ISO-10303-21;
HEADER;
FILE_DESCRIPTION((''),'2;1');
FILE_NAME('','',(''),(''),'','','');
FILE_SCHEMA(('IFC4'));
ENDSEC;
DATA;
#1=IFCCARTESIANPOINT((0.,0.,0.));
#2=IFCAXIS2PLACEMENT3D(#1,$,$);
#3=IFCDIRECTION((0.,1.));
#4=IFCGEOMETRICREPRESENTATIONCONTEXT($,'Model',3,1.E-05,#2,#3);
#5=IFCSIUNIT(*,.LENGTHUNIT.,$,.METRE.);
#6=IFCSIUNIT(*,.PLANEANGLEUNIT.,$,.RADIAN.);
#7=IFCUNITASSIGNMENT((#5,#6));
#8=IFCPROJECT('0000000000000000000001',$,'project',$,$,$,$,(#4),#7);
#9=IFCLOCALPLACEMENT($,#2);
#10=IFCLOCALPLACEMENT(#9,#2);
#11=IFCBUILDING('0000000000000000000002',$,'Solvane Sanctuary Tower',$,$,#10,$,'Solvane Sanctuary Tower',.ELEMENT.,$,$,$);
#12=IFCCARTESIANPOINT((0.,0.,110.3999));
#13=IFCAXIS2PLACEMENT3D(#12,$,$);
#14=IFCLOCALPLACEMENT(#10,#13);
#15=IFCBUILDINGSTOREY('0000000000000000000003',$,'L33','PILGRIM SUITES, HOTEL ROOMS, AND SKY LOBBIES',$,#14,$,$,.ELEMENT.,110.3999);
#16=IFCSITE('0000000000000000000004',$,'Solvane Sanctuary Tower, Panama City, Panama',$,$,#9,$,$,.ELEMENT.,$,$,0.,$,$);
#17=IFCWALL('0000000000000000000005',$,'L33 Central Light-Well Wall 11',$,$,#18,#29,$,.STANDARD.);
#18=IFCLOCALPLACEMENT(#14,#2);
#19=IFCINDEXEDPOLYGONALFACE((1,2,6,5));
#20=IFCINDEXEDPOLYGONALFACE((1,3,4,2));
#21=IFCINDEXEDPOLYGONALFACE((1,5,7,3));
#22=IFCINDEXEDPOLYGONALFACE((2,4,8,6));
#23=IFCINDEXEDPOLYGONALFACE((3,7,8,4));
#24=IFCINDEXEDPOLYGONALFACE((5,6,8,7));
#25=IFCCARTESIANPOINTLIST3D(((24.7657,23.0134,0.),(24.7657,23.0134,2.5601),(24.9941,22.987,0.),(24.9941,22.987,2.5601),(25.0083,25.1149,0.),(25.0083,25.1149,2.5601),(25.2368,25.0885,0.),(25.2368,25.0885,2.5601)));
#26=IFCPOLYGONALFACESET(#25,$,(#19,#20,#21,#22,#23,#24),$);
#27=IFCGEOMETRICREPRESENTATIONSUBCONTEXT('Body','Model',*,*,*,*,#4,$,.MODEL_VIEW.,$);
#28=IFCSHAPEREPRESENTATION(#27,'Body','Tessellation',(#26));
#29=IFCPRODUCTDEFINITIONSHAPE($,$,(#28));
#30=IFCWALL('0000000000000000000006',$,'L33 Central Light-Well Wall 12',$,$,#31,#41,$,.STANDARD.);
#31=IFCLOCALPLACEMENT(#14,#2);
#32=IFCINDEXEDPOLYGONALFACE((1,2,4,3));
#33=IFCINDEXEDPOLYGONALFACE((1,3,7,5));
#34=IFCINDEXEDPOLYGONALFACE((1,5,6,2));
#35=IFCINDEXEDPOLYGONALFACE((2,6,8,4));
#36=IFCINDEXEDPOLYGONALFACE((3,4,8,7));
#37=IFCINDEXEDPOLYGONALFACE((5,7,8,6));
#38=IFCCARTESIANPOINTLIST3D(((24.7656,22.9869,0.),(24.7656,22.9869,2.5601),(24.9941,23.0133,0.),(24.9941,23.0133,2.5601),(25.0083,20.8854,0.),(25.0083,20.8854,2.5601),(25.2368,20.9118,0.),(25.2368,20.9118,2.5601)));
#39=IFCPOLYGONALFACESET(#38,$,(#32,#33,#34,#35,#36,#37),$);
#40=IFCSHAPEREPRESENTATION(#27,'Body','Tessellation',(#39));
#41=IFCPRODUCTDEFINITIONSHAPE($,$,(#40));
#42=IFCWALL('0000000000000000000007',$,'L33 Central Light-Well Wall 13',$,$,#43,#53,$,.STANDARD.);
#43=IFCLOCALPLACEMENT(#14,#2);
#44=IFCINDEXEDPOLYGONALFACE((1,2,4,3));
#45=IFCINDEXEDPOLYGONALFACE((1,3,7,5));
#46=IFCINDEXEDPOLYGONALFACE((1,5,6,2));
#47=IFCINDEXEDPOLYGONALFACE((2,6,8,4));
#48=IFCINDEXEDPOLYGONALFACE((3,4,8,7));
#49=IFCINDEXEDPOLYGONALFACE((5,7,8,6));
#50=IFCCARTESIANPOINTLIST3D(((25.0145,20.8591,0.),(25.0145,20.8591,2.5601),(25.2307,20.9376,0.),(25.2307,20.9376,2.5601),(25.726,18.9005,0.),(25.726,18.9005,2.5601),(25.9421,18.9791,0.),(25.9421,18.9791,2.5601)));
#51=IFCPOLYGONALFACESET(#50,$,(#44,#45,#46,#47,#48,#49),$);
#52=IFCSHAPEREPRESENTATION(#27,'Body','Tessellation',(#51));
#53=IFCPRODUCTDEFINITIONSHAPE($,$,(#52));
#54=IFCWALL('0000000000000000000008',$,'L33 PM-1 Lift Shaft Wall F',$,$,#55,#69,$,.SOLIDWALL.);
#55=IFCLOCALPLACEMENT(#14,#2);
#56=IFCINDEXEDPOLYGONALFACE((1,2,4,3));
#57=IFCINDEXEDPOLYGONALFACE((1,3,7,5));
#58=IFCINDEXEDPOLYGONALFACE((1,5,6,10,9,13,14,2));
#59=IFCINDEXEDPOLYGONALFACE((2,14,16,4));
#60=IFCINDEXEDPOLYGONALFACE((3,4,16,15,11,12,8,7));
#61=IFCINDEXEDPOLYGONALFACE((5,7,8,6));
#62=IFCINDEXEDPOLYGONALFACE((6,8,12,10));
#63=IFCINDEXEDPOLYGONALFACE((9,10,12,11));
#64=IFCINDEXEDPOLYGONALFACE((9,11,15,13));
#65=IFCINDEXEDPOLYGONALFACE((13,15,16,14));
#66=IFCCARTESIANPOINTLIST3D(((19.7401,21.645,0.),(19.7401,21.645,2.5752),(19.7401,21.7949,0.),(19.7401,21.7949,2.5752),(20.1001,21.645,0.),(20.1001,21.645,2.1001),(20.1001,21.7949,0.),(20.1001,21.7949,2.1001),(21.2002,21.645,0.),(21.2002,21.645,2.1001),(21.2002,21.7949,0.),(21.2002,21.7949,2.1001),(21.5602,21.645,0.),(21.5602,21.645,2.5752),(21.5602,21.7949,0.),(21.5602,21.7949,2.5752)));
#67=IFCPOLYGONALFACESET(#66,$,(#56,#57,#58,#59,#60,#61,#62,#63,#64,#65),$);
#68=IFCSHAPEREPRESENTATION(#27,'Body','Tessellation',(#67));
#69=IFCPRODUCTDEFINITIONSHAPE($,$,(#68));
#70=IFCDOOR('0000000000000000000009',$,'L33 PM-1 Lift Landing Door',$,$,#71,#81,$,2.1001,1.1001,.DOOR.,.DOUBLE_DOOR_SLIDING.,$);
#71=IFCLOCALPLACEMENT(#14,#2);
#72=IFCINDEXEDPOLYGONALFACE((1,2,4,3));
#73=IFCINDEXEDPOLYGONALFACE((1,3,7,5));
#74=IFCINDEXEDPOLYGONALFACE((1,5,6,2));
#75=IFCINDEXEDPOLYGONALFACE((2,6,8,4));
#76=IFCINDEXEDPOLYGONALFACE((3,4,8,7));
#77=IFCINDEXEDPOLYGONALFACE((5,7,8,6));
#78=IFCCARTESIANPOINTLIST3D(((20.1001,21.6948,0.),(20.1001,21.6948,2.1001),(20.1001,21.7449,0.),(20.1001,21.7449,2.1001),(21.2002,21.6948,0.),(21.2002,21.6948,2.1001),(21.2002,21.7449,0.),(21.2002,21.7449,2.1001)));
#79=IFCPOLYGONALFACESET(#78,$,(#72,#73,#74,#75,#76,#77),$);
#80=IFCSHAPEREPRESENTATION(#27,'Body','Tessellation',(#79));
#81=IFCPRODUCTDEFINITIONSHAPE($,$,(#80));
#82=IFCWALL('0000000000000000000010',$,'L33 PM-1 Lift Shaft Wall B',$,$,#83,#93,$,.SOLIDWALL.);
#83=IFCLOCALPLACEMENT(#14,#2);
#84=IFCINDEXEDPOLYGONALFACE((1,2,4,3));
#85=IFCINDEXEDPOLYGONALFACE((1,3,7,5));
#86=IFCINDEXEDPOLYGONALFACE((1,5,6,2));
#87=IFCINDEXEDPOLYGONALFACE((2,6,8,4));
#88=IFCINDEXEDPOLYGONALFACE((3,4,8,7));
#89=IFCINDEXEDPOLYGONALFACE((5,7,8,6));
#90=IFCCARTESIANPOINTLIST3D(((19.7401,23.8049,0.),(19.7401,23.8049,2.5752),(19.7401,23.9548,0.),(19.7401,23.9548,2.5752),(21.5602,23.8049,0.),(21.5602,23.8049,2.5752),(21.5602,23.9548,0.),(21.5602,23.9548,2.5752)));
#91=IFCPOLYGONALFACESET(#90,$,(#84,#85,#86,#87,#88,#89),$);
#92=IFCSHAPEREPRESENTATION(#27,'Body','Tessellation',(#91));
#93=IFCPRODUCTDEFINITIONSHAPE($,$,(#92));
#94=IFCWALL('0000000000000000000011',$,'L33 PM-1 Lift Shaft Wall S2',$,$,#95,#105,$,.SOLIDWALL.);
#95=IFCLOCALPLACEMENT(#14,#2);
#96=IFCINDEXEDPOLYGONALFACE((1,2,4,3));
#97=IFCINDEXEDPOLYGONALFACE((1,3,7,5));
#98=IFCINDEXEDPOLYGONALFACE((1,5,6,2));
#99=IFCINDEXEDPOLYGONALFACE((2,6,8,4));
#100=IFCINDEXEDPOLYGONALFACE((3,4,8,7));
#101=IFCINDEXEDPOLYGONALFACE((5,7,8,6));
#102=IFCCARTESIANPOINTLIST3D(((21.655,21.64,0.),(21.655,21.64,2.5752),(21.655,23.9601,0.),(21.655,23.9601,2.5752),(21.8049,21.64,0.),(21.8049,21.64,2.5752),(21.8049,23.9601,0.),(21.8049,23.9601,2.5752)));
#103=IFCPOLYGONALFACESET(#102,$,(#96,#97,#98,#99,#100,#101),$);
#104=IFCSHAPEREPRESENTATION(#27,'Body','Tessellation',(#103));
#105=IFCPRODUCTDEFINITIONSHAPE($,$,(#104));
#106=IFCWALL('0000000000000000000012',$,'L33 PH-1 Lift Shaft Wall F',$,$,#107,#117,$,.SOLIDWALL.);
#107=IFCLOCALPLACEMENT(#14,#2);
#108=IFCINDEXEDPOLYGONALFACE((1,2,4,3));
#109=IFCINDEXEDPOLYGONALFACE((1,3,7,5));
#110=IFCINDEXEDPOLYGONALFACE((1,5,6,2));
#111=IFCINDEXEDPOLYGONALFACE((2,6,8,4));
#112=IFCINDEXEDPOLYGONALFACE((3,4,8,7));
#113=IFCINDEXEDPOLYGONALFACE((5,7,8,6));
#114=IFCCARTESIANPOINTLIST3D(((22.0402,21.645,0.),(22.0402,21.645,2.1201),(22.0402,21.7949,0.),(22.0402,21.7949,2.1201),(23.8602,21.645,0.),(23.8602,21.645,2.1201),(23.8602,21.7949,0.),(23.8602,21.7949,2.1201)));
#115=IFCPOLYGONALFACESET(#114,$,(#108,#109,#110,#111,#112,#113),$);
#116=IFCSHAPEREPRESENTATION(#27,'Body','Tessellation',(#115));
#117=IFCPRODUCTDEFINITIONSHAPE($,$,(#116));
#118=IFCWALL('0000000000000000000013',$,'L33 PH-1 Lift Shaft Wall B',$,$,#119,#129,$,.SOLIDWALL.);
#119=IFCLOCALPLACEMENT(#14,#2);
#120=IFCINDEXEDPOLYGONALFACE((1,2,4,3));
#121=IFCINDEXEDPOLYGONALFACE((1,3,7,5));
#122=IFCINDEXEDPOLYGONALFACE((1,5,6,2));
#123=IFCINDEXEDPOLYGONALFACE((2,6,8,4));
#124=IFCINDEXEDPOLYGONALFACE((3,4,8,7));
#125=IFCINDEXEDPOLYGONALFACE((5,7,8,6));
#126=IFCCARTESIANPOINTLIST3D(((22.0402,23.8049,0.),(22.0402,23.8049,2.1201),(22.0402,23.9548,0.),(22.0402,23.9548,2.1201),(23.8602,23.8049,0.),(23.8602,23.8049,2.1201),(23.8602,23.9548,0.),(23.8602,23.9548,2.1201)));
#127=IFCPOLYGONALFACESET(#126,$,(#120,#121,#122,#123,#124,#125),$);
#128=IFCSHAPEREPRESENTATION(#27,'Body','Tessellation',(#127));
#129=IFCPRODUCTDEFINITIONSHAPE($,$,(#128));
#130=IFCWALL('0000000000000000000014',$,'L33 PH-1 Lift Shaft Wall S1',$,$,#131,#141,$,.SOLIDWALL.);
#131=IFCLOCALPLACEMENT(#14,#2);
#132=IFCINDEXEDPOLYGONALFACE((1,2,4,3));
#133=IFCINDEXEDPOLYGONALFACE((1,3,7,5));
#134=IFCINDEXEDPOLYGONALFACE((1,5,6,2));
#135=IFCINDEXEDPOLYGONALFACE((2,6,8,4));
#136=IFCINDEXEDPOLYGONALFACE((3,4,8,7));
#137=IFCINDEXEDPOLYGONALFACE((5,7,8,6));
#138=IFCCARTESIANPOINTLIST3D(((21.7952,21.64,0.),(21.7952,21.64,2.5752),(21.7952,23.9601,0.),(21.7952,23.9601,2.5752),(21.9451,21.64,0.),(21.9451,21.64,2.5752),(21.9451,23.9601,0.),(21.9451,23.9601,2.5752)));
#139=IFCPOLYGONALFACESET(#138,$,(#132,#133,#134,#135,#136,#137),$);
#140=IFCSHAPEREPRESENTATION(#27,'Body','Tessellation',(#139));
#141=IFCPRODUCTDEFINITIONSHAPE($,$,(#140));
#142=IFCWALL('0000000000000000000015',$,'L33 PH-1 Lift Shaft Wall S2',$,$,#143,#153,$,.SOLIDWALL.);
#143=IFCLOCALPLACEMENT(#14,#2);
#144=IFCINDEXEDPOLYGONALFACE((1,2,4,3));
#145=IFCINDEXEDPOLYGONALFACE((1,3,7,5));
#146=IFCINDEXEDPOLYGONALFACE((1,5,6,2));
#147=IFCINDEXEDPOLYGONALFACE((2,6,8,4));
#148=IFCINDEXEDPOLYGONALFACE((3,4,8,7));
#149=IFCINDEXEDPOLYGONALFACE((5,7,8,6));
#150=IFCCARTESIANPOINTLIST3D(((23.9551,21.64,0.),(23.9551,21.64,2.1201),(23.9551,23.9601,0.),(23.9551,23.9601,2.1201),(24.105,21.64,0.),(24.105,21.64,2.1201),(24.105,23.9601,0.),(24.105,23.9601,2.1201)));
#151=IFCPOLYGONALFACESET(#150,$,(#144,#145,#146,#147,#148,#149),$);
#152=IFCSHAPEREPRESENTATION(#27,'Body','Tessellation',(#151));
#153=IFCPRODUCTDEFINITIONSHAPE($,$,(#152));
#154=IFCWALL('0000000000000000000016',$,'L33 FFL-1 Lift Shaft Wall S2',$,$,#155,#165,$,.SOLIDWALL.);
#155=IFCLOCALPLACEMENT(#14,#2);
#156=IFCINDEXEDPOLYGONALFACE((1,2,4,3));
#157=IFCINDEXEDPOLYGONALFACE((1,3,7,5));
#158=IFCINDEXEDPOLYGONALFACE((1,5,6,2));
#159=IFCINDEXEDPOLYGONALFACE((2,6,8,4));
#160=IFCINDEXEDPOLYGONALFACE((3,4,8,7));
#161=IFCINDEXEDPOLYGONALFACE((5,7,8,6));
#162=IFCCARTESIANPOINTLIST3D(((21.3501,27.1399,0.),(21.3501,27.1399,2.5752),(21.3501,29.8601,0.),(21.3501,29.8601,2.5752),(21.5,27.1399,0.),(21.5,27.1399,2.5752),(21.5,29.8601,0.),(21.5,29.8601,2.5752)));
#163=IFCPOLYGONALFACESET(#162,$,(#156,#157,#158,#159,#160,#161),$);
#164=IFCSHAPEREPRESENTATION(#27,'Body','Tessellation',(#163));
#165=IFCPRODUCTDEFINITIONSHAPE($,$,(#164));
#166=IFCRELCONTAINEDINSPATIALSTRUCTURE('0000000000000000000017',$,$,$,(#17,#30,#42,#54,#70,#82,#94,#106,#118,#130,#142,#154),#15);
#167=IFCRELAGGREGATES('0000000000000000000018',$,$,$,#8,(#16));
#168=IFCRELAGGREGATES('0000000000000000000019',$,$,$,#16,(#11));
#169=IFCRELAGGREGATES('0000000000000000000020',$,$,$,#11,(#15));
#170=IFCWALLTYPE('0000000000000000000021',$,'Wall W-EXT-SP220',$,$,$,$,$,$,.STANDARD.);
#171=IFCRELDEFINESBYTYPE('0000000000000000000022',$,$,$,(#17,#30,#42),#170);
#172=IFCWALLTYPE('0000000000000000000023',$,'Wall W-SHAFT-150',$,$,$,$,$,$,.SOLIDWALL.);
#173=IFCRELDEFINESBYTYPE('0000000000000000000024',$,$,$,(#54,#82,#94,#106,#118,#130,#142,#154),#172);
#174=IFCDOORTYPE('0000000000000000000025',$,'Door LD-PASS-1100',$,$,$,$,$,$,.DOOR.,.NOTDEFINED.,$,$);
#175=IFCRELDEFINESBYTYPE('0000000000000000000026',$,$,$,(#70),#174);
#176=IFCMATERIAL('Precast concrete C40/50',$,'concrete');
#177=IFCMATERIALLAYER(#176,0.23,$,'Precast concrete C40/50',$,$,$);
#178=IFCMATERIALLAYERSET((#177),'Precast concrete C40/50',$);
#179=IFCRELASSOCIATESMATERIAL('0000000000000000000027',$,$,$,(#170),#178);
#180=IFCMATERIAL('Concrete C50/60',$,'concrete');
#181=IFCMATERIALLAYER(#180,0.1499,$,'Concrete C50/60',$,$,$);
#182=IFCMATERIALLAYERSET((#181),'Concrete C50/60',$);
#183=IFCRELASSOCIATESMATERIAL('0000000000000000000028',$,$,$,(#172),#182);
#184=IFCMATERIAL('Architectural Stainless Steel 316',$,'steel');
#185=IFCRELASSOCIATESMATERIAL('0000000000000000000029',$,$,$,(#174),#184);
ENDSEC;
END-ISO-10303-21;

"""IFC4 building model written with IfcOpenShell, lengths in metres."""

from ifc_helpers import new_model, si_unit, direction, frame, frame_2d, origin, place, context, subcontext, project, spatial, rectangle, extrude, material, layer, layer_set, type_object, element, fill, save


model = new_model("IFC4")

# Units and contexts
model_context = context("Model", 3, precision=1e-05, world=origin(), true_north=direction((0.0, 1.0)))
body_context = subcontext(model_context, "Body", "Model", "MODEL_VIEW")
ifc_project = project(units=[si_unit("LENGTHUNIT", "METRE"), si_unit("PLANEANGLEUNIT", "RADIAN")], contexts=[model_context])

# Site, building, storey
site_placement = place(None, origin())
site = spatial("IfcSite", under=ifc_project, at=site_placement, Name="Solvane Sanctuary Tower, Panama City, Panama", CompositionType="ELEMENT", RefElevation=0.0)
building_placement = place(site_placement, origin())
building = spatial("IfcBuilding", under=site, at=building_placement, Name="Solvane Sanctuary Tower", LongName="Solvane Sanctuary Tower", CompositionType="ELEMENT")
storey_placement = place(building_placement, frame((0.0, 0.0, 110.3999)))
storey = spatial("IfcBuildingStorey", under=building, at=storey_placement, Name="L33", Description="PILGRIM SUITES, HOTEL ROOMS, AND SKY LOBBIES", CompositionType="ELEMENT", Elevation=110.3999)

# Shared definitions
ifc_material_1 = material(Name="Architectural Stainless Steel 316", Category="steel")

# Walls
ifc_material_2 = material(Name="Precast concrete C40/50", Category="concrete")
ifc_layer_1 = layer(ifc_material_2, 0.23, Name="Precast concrete C40/50")
ifc_layer_set_1 = layer_set([ifc_layer_1], Name="Precast concrete C40/50")
wall_type_1 = type_object("IfcWallType", Name="Wall W-EXT-SP220", PredefinedType="STANDARD", material=ifc_layer_set_1)
for number, where, z_axis, x_axis, name in (
    (1, (25.1226, 25.1016, 0.0), (0.0, 0.0, 1.0), (-0.114712, -0.993399, 0.0), "L33 Central Light-Well Wall 11"),
    (2, (24.8799, 23.0, 0.0), (0.0, 0.0, 1.0), (0.114712, -0.993399, 0.0), "L33 Central Light-Well Wall 12"),
):
    element("IfcWall", number, at=place(storey_placement, frame(where, z_axis=z_axis, x_axis=x_axis)), inside=storey, type_object=wall_type_1, Name=name, PredefinedType="STANDARD", context=body_context, shape_type="SweptSolid", body=[
        extrude(rectangle(XDim=2.1155, YDim=0.23, at=frame_2d((1.0576, 0.0))), origin(), (0.0, 0.0, 1.0), 2.5601),
    ])
wall_1_placement = place(storey_placement, frame((25.1226, 20.8984, 0.0), z_axis=(0.0, 0.0, 1.0), x_axis=(0.341423, -0.93991, 0.0)))
element("IfcWall", 3, at=wall_1_placement, inside=storey, type_object=wall_type_1, Name="L33 Central Light-Well Wall 13", PredefinedType="STANDARD", context=body_context, shape_type="SweptSolid", body=[
    extrude(rectangle(XDim=2.0837, YDim=0.23, at=frame_2d((1.042, 0.0))), origin(), (0.0, 0.0, 1.0), 2.5601),
])

# Wall, opening, door
ifc_material_3 = material(Name="Concrete C50/60", Category="concrete")
ifc_layer_2 = layer(ifc_material_3, 0.1499, Name="Concrete C50/60")
ifc_layer_set_2 = layer_set([ifc_layer_2], Name="Concrete C50/60")
wall_type_2 = type_object("IfcWallType", Name="Wall W-SHAFT-150", PredefinedType="SOLIDWALL", material=ifc_layer_set_2)
wall_2_placement = place(storey_placement, frame((19.74, 21.72, 0.0), z_axis=(0.0, 0.0, 1.0), x_axis=(1.0, 0.0, 0.0)))
wall_2 = element("IfcWall", 4, at=wall_2_placement, inside=storey, type_object=wall_type_2, Name="L33 PM-1 Lift Shaft Wall F", PredefinedType="SOLIDWALL", context=body_context, shape_type="SweptSolid", body=[
    extrude(rectangle(XDim=1.8201, YDim=0.1499, at=frame_2d((0.9102, 0.0))), origin(), (0.0, 0.0, 1.0), 2.5752),
])
opening_1_placement = place(wall_2_placement, frame((0.3601, 0.0, 0.0)))
opening_1 = element("IfcOpeningElement", 5, at=opening_1_placement, cuts=wall_2, PredefinedType="OPENING", context=body_context, shape_type="SweptSolid", body=[
    extrude(rectangle(XDim=1.1001, YDim=2.1001, at=frame_2d((0.55, 1.05))), frame((0.0, 0.085, 0.0), z_axis=(0.0, -1.0, 0.0), x_axis=(1.0, 0.0, 0.0)), (0.0, 0.0, 1.0), 0.1699),
])
door_type_1 = type_object("IfcDoorType", Name="Door LD-PASS-1100", OperationType="NOTDEFINED", PredefinedType="DOOR", material=ifc_material_1)
door_1_placement = place(opening_1_placement, origin())
door_1 = element("IfcDoor", 6, at=door_1_placement, inside=storey, type_object=door_type_1, Name="L33 PM-1 Lift Landing Door", OperationType="DOUBLE_DOOR_SLIDING", OverallHeight=2.1001, OverallWidth=1.1001, PredefinedType="DOOR", context=body_context, shape_type="SweptSolid", body=[
    extrude(rectangle(XDim=1.1001, YDim=2.1001, at=frame_2d((0.55, 1.05))), frame((0.0, 0.0249, 0.0), z_axis=(0.0, -1.0, 0.0), x_axis=(1.0, 0.0, 0.0)), (0.0, 0.0, 1.0), 0.05),
])
fill(opening_1, door_1)

# Walls
wall_3_placement = place(storey_placement, frame((19.74, 23.8799, 0.0), z_axis=(0.0, 0.0, 1.0), x_axis=(1.0, 0.0, 0.0)))
element("IfcWall", 7, at=wall_3_placement, inside=storey, type_object=wall_type_2, Name="L33 PM-1 Lift Shaft Wall B", PredefinedType="SOLIDWALL", context=body_context, shape_type="SweptSolid", body=[
    extrude(rectangle(XDim=1.8201, YDim=0.1499, at=frame_2d((0.9102, 0.0))), origin(), (0.0, 0.0, 1.0), 2.5752),
])
wall_4_placement = place(storey_placement, frame((21.73, 21.6399, 0.0), z_axis=(0.0, 0.0, 1.0), x_axis=(0.0, 1.0, 0.0)))
element("IfcWall", 8, at=wall_4_placement, inside=storey, type_object=wall_type_2, Name="L33 PM-1 Lift Shaft Wall S2", PredefinedType="SOLIDWALL", context=body_context, shape_type="SweptSolid", body=[
    extrude(rectangle(XDim=2.3201, YDim=0.1499, at=frame_2d((1.1602, 0.0))), origin(), (0.0, 0.0, 1.0), 2.5752),
])
for number, where, z_axis, x_axis, name in (
    (9, (22.04, 21.72, 0.0), (0.0, 0.0, 1.0), (1.0, 0.0, 0.0), "L33 PH-1 Lift Shaft Wall F"),
    (10, (22.04, 23.8799, 0.0), (0.0, 0.0, 1.0), (1.0, 0.0, 0.0), "L33 PH-1 Lift Shaft Wall B"),
):
    element("IfcWall", number, at=place(storey_placement, frame(where, z_axis=z_axis, x_axis=x_axis)), inside=storey, type_object=wall_type_2, Name=name, PredefinedType="SOLIDWALL", context=body_context, shape_type="SweptSolid", body=[
        extrude(rectangle(XDim=1.8201, YDim=0.1499, at=frame_2d((0.9102, 0.0))), origin(), (0.0, 0.0, 1.0), 2.1201),
    ])
wall_5_placement = place(storey_placement, frame((21.8701, 21.6399, 0.0), z_axis=(0.0, 0.0, 1.0), x_axis=(0.0, 1.0, 0.0)))
element("IfcWall", 11, at=wall_5_placement, inside=storey, type_object=wall_type_2, Name="L33 PH-1 Lift Shaft Wall S1", PredefinedType="SOLIDWALL", context=body_context, shape_type="SweptSolid", body=[
    extrude(rectangle(XDim=2.3201, YDim=0.1499, at=frame_2d((1.1602, 0.0))), origin(), (0.0, 0.0, 1.0), 2.5752),
])
wall_6_placement = place(storey_placement, frame((24.03, 21.6399, 0.0), z_axis=(0.0, 0.0, 1.0), x_axis=(0.0, 1.0, 0.0)))
element("IfcWall", 12, at=wall_6_placement, inside=storey, type_object=wall_type_2, Name="L33 PH-1 Lift Shaft Wall S2", PredefinedType="SOLIDWALL", context=body_context, shape_type="SweptSolid", body=[
    extrude(rectangle(XDim=2.3201, YDim=0.1499, at=frame_2d((1.1602, 0.0))), origin(), (0.0, 0.0, 1.0), 2.1201),
])
wall_7_placement = place(storey_placement, frame((21.425, 27.1399, 0.0), z_axis=(0.0, 0.0, 1.0), x_axis=(0.0, 1.0, 0.0)))
element("IfcWall", 13, at=wall_7_placement, inside=storey, type_object=wall_type_2, Name="L33 FFL-1 Lift Shaft Wall S2", PredefinedType="SOLIDWALL", context=body_context, shape_type="SweptSolid", body=[
    extrude(rectangle(XDim=2.7202, YDim=0.1499, at=frame_2d((1.3601, 0.0))), origin(), (0.0, 0.0, 1.0), 2.5752),
])

save(model, "model.ifc")
